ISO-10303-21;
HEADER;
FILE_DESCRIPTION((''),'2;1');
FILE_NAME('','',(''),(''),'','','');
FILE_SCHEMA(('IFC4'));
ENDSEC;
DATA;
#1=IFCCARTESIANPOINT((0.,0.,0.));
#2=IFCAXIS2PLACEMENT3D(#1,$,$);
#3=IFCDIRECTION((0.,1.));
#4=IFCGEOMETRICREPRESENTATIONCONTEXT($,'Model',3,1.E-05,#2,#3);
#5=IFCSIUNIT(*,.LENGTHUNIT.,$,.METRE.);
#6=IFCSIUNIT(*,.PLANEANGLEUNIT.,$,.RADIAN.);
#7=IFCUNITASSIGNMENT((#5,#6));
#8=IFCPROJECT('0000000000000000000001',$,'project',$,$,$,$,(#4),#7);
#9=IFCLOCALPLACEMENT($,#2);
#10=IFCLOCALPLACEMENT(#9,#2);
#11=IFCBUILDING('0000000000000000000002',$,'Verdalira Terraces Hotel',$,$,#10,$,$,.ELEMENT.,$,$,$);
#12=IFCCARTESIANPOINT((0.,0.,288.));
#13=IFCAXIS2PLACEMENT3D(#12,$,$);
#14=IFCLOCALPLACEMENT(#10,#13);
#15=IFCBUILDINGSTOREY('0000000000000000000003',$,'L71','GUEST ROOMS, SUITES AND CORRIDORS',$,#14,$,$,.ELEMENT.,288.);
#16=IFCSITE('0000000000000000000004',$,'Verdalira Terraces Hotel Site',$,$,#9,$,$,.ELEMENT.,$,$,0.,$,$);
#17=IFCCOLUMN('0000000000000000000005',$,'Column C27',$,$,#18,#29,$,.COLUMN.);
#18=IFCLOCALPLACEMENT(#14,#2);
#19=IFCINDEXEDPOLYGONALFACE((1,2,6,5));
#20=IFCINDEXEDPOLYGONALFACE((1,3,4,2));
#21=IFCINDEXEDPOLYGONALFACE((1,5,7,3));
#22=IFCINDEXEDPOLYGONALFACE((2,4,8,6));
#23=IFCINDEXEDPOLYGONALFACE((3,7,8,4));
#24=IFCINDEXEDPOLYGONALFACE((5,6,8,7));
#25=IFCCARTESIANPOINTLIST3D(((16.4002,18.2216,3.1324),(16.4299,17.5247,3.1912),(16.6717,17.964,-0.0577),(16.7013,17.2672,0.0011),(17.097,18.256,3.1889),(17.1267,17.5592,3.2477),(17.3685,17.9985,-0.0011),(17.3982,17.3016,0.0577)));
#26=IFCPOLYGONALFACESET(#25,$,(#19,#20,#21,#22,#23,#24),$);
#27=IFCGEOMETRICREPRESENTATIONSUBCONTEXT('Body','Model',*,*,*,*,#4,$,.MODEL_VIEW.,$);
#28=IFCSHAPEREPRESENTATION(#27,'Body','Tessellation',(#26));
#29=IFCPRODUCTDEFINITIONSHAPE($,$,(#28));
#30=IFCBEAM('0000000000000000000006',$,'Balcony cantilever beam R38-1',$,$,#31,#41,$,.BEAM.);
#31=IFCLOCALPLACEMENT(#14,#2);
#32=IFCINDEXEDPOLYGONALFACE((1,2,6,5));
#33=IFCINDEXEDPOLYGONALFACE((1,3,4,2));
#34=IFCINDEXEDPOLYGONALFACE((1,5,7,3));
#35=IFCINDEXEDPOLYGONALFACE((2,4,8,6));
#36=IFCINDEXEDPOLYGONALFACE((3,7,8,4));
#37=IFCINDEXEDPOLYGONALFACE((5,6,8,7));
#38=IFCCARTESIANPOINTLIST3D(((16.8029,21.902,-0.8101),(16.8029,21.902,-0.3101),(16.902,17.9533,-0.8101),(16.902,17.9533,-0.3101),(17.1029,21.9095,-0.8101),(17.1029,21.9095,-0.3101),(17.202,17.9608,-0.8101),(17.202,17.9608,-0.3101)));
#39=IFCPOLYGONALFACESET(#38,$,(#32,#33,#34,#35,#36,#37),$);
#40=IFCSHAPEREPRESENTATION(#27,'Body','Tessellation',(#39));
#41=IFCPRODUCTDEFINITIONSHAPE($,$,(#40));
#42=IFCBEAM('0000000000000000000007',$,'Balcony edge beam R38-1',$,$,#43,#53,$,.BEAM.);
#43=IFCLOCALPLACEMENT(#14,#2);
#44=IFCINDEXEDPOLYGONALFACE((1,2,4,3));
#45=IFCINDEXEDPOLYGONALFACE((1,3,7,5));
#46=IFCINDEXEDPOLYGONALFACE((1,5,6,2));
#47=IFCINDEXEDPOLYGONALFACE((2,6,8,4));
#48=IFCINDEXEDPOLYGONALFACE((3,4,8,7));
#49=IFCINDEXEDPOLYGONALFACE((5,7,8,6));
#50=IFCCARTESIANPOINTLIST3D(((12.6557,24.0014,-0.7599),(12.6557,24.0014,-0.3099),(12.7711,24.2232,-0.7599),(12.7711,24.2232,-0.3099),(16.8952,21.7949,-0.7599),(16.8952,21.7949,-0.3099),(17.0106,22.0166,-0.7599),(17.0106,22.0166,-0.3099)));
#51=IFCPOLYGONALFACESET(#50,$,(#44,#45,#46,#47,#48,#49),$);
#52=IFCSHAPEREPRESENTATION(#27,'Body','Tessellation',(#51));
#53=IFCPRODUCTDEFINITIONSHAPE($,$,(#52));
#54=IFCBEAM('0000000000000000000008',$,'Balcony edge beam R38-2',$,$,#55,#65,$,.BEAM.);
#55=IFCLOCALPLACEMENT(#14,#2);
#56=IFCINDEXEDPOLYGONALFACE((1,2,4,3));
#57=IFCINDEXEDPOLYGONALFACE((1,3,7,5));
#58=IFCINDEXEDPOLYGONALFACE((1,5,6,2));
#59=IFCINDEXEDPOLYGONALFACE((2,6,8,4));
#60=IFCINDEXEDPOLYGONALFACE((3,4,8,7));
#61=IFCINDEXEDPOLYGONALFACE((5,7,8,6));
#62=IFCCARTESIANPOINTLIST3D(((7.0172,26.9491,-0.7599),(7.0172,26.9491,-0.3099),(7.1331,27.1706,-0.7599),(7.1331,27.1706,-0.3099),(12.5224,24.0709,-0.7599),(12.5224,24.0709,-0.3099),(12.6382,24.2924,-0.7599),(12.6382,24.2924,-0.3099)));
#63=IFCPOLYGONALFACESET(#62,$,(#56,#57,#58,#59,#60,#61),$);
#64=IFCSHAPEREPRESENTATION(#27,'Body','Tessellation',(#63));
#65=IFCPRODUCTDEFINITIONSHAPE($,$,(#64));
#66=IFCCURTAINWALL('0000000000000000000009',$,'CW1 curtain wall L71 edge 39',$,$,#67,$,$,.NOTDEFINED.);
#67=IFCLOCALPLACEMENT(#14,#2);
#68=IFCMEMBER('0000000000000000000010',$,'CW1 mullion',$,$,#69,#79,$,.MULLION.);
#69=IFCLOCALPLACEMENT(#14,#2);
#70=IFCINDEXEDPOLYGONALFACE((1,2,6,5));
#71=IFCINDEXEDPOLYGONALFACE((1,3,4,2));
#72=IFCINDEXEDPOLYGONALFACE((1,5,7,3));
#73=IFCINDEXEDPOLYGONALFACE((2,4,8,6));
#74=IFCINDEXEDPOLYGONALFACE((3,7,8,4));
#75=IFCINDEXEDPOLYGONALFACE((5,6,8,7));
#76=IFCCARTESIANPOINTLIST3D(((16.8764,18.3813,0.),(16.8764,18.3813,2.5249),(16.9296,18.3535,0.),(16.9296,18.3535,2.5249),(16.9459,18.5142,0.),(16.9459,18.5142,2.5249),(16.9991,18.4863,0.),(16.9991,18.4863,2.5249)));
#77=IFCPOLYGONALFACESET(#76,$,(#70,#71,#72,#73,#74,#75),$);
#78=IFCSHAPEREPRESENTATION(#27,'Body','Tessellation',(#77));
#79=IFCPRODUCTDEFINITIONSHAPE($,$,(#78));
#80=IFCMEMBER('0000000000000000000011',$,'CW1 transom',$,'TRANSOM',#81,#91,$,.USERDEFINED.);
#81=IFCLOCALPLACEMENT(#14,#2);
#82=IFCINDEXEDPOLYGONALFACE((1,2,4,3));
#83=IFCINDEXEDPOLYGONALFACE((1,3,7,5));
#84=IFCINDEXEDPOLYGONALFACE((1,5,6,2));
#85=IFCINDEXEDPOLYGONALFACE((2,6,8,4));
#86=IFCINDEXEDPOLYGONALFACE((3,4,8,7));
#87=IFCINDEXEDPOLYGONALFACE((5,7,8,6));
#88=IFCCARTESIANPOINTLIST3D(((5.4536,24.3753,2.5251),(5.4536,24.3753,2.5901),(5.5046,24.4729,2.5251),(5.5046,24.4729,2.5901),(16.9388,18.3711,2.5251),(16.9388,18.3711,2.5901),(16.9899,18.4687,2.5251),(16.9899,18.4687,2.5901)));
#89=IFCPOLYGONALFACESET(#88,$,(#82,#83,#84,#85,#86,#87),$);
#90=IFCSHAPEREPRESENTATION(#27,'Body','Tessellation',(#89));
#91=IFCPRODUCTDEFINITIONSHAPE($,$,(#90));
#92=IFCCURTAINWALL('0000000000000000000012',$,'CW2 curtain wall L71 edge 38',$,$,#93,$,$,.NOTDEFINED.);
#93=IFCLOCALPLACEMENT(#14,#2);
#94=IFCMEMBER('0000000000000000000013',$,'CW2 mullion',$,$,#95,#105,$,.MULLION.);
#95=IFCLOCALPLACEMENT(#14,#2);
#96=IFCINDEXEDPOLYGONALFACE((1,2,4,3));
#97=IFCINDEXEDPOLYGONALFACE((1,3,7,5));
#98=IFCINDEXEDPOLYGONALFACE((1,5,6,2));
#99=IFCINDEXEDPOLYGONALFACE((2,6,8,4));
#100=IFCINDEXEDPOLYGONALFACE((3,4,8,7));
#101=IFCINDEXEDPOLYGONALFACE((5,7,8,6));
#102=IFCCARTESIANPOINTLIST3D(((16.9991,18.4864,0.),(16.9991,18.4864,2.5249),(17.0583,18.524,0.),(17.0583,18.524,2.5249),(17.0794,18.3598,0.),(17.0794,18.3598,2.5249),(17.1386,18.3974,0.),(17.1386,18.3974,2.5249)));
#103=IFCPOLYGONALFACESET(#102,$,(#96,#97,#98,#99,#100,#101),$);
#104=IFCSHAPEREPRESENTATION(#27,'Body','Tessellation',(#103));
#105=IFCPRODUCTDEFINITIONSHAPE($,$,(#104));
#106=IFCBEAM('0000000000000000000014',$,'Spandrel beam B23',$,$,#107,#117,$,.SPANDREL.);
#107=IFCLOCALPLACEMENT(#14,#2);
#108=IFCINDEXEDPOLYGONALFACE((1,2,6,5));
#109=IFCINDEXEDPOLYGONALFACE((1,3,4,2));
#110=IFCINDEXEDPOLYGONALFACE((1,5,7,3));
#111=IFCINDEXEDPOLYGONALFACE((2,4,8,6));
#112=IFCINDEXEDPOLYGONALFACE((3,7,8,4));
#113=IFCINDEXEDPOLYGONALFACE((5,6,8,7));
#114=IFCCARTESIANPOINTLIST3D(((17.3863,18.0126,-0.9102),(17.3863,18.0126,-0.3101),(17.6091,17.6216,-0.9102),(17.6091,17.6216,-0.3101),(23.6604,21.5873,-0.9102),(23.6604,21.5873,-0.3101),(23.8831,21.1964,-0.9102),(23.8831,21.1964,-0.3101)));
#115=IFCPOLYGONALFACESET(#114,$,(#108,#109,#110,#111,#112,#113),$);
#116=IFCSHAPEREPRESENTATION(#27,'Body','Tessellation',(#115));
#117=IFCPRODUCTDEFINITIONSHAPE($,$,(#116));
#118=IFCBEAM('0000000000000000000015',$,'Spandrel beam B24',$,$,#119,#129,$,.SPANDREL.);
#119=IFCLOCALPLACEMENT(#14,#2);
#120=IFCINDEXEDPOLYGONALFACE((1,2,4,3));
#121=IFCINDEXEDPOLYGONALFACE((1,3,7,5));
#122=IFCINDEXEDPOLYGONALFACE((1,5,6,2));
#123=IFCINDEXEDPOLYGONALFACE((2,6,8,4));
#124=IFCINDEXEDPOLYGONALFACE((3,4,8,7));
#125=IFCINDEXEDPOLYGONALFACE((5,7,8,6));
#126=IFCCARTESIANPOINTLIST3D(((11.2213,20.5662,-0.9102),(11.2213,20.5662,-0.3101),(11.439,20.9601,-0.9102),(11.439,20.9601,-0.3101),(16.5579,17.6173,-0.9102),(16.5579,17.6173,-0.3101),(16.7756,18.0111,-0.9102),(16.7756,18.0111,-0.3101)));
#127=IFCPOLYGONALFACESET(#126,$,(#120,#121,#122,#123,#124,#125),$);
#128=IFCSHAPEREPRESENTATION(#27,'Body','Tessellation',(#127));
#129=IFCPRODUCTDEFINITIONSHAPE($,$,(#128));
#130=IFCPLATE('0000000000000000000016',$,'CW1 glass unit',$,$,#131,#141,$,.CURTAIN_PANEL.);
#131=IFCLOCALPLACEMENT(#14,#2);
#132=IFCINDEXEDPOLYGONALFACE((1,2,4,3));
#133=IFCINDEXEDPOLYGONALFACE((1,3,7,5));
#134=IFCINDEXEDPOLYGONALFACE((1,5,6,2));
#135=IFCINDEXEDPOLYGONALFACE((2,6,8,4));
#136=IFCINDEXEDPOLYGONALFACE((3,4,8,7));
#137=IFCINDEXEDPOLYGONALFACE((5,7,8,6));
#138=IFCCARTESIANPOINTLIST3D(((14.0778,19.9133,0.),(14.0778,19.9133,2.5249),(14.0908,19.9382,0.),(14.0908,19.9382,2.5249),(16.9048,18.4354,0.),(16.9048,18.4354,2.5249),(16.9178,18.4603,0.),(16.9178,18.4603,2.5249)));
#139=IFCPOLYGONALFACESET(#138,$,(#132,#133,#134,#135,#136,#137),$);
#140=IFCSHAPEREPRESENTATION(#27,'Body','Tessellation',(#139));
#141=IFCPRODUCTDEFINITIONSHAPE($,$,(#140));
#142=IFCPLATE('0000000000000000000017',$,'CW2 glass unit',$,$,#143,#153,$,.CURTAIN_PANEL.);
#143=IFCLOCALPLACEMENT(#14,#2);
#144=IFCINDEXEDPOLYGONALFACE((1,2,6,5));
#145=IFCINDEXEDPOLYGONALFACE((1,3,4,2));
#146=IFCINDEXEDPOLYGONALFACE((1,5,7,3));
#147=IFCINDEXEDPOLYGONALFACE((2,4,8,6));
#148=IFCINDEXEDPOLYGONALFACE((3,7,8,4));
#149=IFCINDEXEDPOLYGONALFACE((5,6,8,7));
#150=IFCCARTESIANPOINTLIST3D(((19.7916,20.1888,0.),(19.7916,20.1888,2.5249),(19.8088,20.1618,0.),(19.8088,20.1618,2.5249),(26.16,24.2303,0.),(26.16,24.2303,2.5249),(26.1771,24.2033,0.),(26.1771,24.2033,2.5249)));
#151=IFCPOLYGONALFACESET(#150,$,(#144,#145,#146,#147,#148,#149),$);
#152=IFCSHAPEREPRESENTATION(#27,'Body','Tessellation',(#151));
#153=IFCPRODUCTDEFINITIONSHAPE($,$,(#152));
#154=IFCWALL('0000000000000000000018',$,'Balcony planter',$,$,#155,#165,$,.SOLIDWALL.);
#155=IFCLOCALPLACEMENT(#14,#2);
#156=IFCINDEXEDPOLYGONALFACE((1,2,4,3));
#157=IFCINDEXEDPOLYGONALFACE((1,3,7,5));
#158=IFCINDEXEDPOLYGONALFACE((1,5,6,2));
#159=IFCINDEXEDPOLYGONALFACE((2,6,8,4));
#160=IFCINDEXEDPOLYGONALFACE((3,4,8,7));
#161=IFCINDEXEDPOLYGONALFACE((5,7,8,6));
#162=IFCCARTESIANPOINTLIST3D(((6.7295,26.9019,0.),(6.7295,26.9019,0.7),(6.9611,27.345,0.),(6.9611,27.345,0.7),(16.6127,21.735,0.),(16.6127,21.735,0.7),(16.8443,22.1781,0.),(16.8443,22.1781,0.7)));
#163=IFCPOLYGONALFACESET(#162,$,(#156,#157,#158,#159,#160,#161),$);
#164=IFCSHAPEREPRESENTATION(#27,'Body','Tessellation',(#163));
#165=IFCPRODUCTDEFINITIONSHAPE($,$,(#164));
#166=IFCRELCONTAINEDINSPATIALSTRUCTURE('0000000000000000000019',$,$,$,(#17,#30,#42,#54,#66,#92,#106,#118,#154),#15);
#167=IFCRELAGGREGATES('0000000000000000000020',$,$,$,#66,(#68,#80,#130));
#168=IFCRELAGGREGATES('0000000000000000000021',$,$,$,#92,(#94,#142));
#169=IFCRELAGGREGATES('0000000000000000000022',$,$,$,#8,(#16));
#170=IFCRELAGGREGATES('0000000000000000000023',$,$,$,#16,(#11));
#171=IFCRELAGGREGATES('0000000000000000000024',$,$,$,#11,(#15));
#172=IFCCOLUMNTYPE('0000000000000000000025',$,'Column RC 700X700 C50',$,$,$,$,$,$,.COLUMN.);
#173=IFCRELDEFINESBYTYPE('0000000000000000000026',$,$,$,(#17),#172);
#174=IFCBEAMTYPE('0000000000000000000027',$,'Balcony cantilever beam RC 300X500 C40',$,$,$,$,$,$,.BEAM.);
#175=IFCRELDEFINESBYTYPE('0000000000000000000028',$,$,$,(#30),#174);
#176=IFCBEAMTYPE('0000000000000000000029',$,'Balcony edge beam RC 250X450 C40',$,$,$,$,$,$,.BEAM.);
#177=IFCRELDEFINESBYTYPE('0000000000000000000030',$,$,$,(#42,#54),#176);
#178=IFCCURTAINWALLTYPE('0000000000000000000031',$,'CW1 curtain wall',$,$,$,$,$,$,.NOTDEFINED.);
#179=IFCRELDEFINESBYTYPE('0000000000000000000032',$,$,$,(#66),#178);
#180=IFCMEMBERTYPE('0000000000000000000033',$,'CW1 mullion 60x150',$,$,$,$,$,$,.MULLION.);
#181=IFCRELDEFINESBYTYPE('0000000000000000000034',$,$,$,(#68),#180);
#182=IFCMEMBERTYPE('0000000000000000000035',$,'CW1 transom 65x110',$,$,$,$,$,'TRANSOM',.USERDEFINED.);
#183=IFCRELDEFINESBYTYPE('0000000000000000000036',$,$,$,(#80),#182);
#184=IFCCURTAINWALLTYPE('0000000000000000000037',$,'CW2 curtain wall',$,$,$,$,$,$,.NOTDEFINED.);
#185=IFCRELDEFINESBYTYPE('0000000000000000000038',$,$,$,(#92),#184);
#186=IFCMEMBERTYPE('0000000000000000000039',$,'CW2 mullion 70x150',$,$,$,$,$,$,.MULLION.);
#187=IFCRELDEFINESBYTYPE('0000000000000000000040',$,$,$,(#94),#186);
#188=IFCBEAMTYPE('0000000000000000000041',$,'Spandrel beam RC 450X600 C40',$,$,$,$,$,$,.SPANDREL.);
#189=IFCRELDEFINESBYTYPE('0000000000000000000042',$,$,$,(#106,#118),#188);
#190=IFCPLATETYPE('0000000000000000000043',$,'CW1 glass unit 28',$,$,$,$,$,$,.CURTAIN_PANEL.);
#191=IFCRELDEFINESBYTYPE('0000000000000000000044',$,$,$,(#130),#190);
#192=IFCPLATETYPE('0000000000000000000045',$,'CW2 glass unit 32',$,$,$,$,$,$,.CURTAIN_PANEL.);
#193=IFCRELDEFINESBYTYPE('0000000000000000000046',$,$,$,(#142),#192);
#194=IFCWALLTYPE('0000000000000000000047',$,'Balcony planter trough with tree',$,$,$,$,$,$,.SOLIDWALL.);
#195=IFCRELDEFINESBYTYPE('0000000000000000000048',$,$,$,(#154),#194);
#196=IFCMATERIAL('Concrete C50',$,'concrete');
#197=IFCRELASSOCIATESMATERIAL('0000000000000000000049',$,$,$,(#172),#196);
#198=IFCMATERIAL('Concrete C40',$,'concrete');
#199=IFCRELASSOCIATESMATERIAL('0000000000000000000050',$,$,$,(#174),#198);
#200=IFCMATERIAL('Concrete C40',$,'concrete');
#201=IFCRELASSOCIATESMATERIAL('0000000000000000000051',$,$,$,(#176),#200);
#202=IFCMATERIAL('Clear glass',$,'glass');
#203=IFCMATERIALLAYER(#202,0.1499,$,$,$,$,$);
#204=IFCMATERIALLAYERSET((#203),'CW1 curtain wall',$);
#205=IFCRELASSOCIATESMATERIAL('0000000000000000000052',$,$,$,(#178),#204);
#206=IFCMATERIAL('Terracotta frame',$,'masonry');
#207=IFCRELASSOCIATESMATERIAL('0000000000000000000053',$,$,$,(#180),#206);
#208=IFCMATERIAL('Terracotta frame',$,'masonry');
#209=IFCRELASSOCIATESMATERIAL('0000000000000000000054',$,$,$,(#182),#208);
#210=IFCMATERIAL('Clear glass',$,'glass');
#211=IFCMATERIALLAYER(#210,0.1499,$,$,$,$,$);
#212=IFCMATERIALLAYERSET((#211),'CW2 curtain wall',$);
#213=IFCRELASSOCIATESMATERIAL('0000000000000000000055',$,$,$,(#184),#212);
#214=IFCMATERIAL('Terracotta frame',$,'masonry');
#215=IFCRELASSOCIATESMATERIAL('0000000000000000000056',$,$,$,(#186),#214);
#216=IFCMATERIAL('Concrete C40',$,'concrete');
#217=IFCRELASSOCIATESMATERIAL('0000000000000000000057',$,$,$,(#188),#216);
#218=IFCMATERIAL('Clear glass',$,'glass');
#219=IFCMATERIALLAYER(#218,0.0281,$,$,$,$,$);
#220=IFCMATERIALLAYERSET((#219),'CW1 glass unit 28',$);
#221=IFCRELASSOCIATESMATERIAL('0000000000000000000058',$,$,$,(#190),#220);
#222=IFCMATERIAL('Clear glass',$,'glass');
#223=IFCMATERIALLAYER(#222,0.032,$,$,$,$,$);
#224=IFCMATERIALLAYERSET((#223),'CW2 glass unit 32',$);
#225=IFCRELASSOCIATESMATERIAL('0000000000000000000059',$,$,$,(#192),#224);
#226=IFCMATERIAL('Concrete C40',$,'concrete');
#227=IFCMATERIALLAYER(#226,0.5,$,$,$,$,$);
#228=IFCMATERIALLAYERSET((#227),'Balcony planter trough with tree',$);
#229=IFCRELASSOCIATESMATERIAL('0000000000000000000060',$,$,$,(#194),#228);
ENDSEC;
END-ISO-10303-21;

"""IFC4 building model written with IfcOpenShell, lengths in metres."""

from ifc_helpers import new_model, si_unit, direction, frame, frame_2d, origin, origin_2d, place, context, subcontext, project, spatial, rectangle, extrude, material, layer, layer_set, material_profile, profile_set, type_object, element, aggregate, save


model = new_model("IFC4")

# Units and contexts
model_context = context("Model", 3, precision=1e-05, world=origin(), true_north=direction((0.0, 1.0)))
body_context = subcontext(model_context, "Body", "Model", "MODEL_VIEW")
ifc_project = project(units=[si_unit("LENGTHUNIT", "METRE"), si_unit("PLANEANGLEUNIT", "RADIAN")], contexts=[model_context])

# Site, building, storey
site_placement = place(None, origin())
site = spatial("IfcSite", under=ifc_project, at=site_placement, Name="Verdalira Terraces Hotel Site", CompositionType="ELEMENT", RefElevation=0.0)
building_placement = place(site_placement, origin())
building = spatial("IfcBuilding", under=site, at=building_placement, Name="Verdalira Terraces Hotel", CompositionType="ELEMENT")
storey_placement = place(building_placement, frame((0.0, 0.0, 288.0)))
storey = spatial("IfcBuildingStorey", under=building, at=storey_placement, Name="L71", Description="GUEST ROOMS, SUITES AND CORRIDORS", CompositionType="ELEMENT", Elevation=288.0)

# Column
ifc_material_1 = material(Name="Concrete C50", Category="concrete")
ifc_material_profile_1 = material_profile(ifc_material_1, rectangle(XDim=0.7, YDim=0.7, at=origin_2d()), Name="RC 700X700")
ifc_profile_set_1 = profile_set([ifc_material_profile_1], Name="Concrete C50")
column_type = type_object("IfcColumnType", Name="Column RC 700X700 C50", PredefinedType="COLUMN", material=ifc_profile_set_1)
column_placement = place(storey_placement, frame((17.0349, 17.6328, 0.0), z_axis=(-0.084527, 0.080194, 0.993189), x_axis=(0.995518, 0.049218, 0.080751)))
element("IfcColumn", 1, at=column_placement, inside=storey, type_object=column_type, Name="Column C27", PredefinedType="COLUMN", context=body_context, shape_type="SweptSolid", body=[
    extrude(rectangle(XDim=0.7, YDim=0.7, at=origin_2d()), origin(), (0.0, 0.0, 1.0), 3.2119),
])

# Beams
ifc_material_2 = material(Name="Concrete C40", Category="concrete")
ifc_material_profile_2 = material_profile(ifc_material_2, rectangle(XDim=0.3, YDim=0.5, at=origin_2d()), Name="RC 300X500")
ifc_profile_set_2 = profile_set([ifc_material_profile_2], Name="Concrete C40")
beam_type_1 = type_object("IfcBeamType", Name="Balcony cantilever beam RC 300X500 C40", PredefinedType="BEAM", material=ifc_profile_set_2)
beam_1_placement = place(storey_placement, frame((17.052, 17.957, -0.5601), z_axis=(-0.025094, 0.999685, 0.0), x_axis=(-0.999685, -0.025094, 0.0)))
element("IfcBeam", 2, at=beam_1_placement, inside=storey, type_object=beam_type_1, Name="Balcony cantilever beam R38-1", PredefinedType="BEAM", context=body_context, shape_type="SweptSolid", body=[
    extrude(rectangle(XDim=0.3, YDim=0.5, at=origin_2d()), origin(), (0.0, 0.0, 1.0), 3.95),
])
ifc_material_3 = material(Name="Concrete C40", Category="concrete")
ifc_material_profile_3 = material_profile(ifc_material_3, rectangle(XDim=0.25, YDim=0.45, at=origin_2d()), Name="RC 250X450")
ifc_profile_set_3 = profile_set([ifc_material_profile_3], Name="Concrete C40")
beam_type_2 = type_object("IfcBeamType", Name="Balcony edge beam RC 250X450 C40", PredefinedType="BEAM", material=ifc_profile_set_3)
beam_2_placement = place(storey_placement, frame((16.9529, 21.9058, -0.5349), z_axis=(-0.887045, 0.461682, 0.0), x_axis=(-0.461682, -0.887045, 0.0)))
element("IfcBeam", 3, at=beam_2_placement, inside=storey, type_object=beam_type_2, Name="Balcony edge beam R38-1", PredefinedType="BEAM", context=body_context, shape_type="SweptSolid", body=[
    extrude(rectangle(XDim=0.25, YDim=0.45, at=origin_2d()), origin(), (0.0, 0.0, 1.0), 4.7793),
])
beam_3_placement = place(storey_placement, frame((12.5803, 24.1816, -0.5349), z_axis=(-0.886193, 0.463317, 0.0), x_axis=(-0.463317, -0.886193, 0.0)))
element("IfcBeam", 4, at=beam_3_placement, inside=storey, type_object=beam_type_2, Name="Balcony edge beam R38-2", PredefinedType="BEAM", context=body_context, shape_type="SweptSolid", body=[
    extrude(rectangle(XDim=0.25, YDim=0.45, at=origin_2d()), origin(), (0.0, 0.0, 1.0), 6.2122),
])

# Curtain wall, members
ifc_material_4 = material(Name="Clear glass", Category="glass")
ifc_layer_1 = layer(ifc_material_4, 0.1499)
ifc_layer_set_1 = layer_set([ifc_layer_1], Name="CW1 curtain wall")
curtain_wall_type_1 = type_object("IfcCurtainWallType", Name="CW1 curtain wall", PredefinedType="NOTDEFINED", material=ifc_layer_set_1)
curtain_wall_1_placement = place(storey_placement, origin())
curtain_wall_1 = element("IfcCurtainWall", 5, at=curtain_wall_1_placement, inside=storey, type_object=curtain_wall_type_1, Name="CW1 curtain wall L71 edge 39", PredefinedType="NOTDEFINED")
ifc_material_5 = material(Name="Terracotta frame", Category="masonry")
ifc_material_profile_4 = material_profile(ifc_material_5, rectangle(XDim=0.0601, YDim=0.1499, at=origin_2d()), Name="MU 60x150")
ifc_profile_set_4 = profile_set([ifc_material_profile_4], Name="Terracotta frame")
member_type_1 = type_object("IfcMemberType", Name="CW1 mullion 60x150", PredefinedType="MULLION", material=ifc_profile_set_4)
member_1_placement = place(storey_placement, frame((16.9377, 18.4338, 0.0), z_axis=(0.0, 0.0, 1.0), x_axis=(-0.886204, 0.463296, 0.0)))
member_1 = element("IfcMember", 6, at=member_1_placement, type_object=member_type_1, Name="CW1 mullion", PredefinedType="MULLION", context=body_context, shape_type="SweptSolid", body=[
    extrude(rectangle(XDim=0.0601, YDim=0.1499, at=origin_2d()), origin(), (0.0, 0.0, 1.0), 2.5249),
])
ifc_material_6 = material(Name="Terracotta frame", Category="masonry")
ifc_material_profile_5 = material_profile(ifc_material_6, rectangle(XDim=0.1101, YDim=0.0649, at=origin_2d()), Name="TR 65x110")
ifc_profile_set_5 = profile_set([ifc_material_profile_5], Name="Terracotta frame")
member_type_2 = type_object("IfcMemberType", Name="CW1 transom 65x110", ElementType="TRANSOM", PredefinedType="USERDEFINED", material=ifc_profile_set_5)
member_2_placement = place(storey_placement, frame((16.9644, 18.4199, 2.5576), z_axis=(-0.886207, 0.463289, 0.0), x_axis=(-0.463289, -0.886207, 0.0)))
member_2 = element("IfcMember", 7, at=member_2_placement, type_object=member_type_2, Name="CW1 transom", ObjectType="TRANSOM", PredefinedType="USERDEFINED", context=body_context, shape_type="SweptSolid", body=[
    extrude(rectangle(XDim=0.1101, YDim=0.0649, at=origin_2d()), origin(), (0.0, 0.0, 1.0), 12.96),
])

# Curtain wall, member
ifc_material_7 = material(Name="Clear glass", Category="glass")
ifc_layer_2 = layer(ifc_material_7, 0.1499)
ifc_layer_set_2 = layer_set([ifc_layer_2], Name="CW2 curtain wall")
curtain_wall_type_2 = type_object("IfcCurtainWallType", Name="CW2 curtain wall", PredefinedType="NOTDEFINED", material=ifc_layer_set_2)
curtain_wall_2_placement = place(storey_placement, origin())
curtain_wall_2 = element("IfcCurtainWall", 8, at=curtain_wall_2_placement, inside=storey, type_object=curtain_wall_type_2, Name="CW2 curtain wall L71 edge 38", PredefinedType="NOTDEFINED")
ifc_material_8 = material(Name="Terracotta frame", Category="masonry")
ifc_material_profile_6 = material_profile(ifc_material_8, rectangle(XDim=0.0701, YDim=0.1499, at=origin_2d()), Name="MU 70x150")
ifc_profile_set_6 = profile_set([ifc_material_profile_6], Name="Terracotta frame")
member_type_3 = type_object("IfcMemberType", Name="CW2 mullion 70x150", PredefinedType="MULLION", material=ifc_profile_set_6)
member_3_placement = place(storey_placement, frame((17.0688, 18.4419, 0.0), z_axis=(0.0, 0.0, 1.0), x_axis=(-0.844328, -0.535827, 0.0)))
member_3 = element("IfcMember", 9, at=member_3_placement, type_object=member_type_3, Name="CW2 mullion", PredefinedType="MULLION", context=body_context, shape_type="SweptSolid", body=[
    extrude(rectangle(XDim=0.0701, YDim=0.1499, at=origin_2d()), origin(), (0.0, 0.0, 1.0), 2.5249),
])

# Beams
ifc_material_9 = material(Name="Concrete C40", Category="concrete")
ifc_material_profile_7 = material_profile(ifc_material_9, rectangle(XDim=0.45, YDim=0.6001, at=origin_2d()), Name="RC 450X600")
ifc_profile_set_7 = profile_set([ifc_material_profile_7], Name="Concrete C40")
beam_type_3 = type_object("IfcBeamType", Name="Spandrel beam RC 450X600 C40", PredefinedType="SPANDREL", material=ifc_profile_set_7)
beam_4_placement = place(storey_placement, frame((23.7717, 21.3918, -0.6101), z_axis=(-0.868862, -0.495053, 0.0), x_axis=(0.495053, -0.868862, 0.0)))
element("IfcBeam", 10, at=beam_4_placement, inside=storey, type_object=beam_type_3, Name="Spandrel beam B23", PredefinedType="SPANDREL", context=body_context, shape_type="SweptSolid", body=[
    extrude(rectangle(XDim=0.45, YDim=0.6001, at=origin_2d()), origin(), (0.0, 0.0, 1.0), 7.2209),
])
beam_5_placement = place(storey_placement, frame((16.6667, 17.8142, -0.6101), z_axis=(-0.875258, 0.483656, 0.0), x_axis=(-0.483656, -0.875258, 0.0)))
element("IfcBeam", 11, at=beam_5_placement, inside=storey, type_object=beam_type_3, Name="Spandrel beam B24", PredefinedType="SPANDREL", context=body_context, shape_type="SweptSolid", body=[
    extrude(rectangle(XDim=0.45, YDim=0.6001, at=origin_2d()), origin(), (0.0, 0.0, 1.0), 6.0972),
])

# Plates
ifc_material_10 = material(Name="Clear glass", Category="glass")
ifc_layer_3 = layer(ifc_material_10, 0.0281)
ifc_layer_set_3 = layer_set([ifc_layer_3], Name="CW1 glass unit 28")
plate_type_1 = type_object("IfcPlateType", Name="CW1 glass unit 28", PredefinedType="CURTAIN_PANEL", material=ifc_layer_set_3)
plate_1_placement = place(storey_placement, frame((15.4978, 19.1868, 0.0), z_axis=(0.0, 0.0, 1.0), x_axis=(-0.886204, 0.463296, 0.0)))
plate_1 = element("IfcPlate", 12, at=plate_1_placement, type_object=plate_type_1, Name="CW1 glass unit", PredefinedType="CURTAIN_PANEL", context=body_context, shape_type="SweptSolid", body=[
    extrude(rectangle(XDim=3.1899, YDim=0.0281, at=origin_2d()), origin(), (0.0, 0.0, 1.0), 2.5249),
])
aggregate(curtain_wall_1, [member_1, member_2, plate_1])
ifc_material_11 = material(Name="Clear glass", Category="glass")
ifc_layer_4 = layer(ifc_material_11, 0.032)
ifc_layer_set_4 = layer_set([ifc_layer_4], Name="CW2 glass unit 32")
plate_type_2 = type_object("IfcPlateType", Name="CW2 glass unit 32", PredefinedType="CURTAIN_PANEL", material=ifc_layer_set_4)
plate_2_placement = place(storey_placement, frame((22.9844, 22.196, 0.0), z_axis=(0.0, 0.0, 1.0), x_axis=(-0.844328, -0.535827, 0.0)))
plate_2 = element("IfcPlate", 13, at=plate_2_placement, type_object=plate_type_2, Name="CW2 glass unit", PredefinedType="CURTAIN_PANEL", context=body_context, shape_type="SweptSolid", body=[
    extrude(rectangle(XDim=7.5425, YDim=0.032, at=origin_2d()), origin(), (0.0, 0.0, 1.0), 2.5249),
])
aggregate(curtain_wall_2, [member_3, plate_2])

# Wall
ifc_material_12 = material(Name="Concrete C40", Category="concrete")
ifc_layer_5 = layer(ifc_material_12, 0.5)
ifc_layer_set_5 = layer_set([ifc_layer_5], Name="Balcony planter trough with tree")
wall_type_1 = type_object("IfcWallType", Name="Balcony planter trough with tree", PredefinedType="SOLIDWALL", material=ifc_layer_set_5)
wall_1_placement = place(storey_placement, frame((16.7285, 21.9565, 0.0), z_axis=(0.0, 0.0, 1.0), x_axis=(-0.886199, 0.463305, 0.0)))
element("IfcWall", 14, at=wall_1_placement, inside=storey, type_object=wall_type_1, Name="Balcony planter", PredefinedType="SOLIDWALL", context=body_context, shape_type="SweptSolid", body=[
    extrude(rectangle(XDim=11.1523, YDim=0.5, at=frame_2d((5.5762, 0.0))), origin(), (0.0, 0.0, 1.0), 0.7),
])

save(model, "model.ifc")
